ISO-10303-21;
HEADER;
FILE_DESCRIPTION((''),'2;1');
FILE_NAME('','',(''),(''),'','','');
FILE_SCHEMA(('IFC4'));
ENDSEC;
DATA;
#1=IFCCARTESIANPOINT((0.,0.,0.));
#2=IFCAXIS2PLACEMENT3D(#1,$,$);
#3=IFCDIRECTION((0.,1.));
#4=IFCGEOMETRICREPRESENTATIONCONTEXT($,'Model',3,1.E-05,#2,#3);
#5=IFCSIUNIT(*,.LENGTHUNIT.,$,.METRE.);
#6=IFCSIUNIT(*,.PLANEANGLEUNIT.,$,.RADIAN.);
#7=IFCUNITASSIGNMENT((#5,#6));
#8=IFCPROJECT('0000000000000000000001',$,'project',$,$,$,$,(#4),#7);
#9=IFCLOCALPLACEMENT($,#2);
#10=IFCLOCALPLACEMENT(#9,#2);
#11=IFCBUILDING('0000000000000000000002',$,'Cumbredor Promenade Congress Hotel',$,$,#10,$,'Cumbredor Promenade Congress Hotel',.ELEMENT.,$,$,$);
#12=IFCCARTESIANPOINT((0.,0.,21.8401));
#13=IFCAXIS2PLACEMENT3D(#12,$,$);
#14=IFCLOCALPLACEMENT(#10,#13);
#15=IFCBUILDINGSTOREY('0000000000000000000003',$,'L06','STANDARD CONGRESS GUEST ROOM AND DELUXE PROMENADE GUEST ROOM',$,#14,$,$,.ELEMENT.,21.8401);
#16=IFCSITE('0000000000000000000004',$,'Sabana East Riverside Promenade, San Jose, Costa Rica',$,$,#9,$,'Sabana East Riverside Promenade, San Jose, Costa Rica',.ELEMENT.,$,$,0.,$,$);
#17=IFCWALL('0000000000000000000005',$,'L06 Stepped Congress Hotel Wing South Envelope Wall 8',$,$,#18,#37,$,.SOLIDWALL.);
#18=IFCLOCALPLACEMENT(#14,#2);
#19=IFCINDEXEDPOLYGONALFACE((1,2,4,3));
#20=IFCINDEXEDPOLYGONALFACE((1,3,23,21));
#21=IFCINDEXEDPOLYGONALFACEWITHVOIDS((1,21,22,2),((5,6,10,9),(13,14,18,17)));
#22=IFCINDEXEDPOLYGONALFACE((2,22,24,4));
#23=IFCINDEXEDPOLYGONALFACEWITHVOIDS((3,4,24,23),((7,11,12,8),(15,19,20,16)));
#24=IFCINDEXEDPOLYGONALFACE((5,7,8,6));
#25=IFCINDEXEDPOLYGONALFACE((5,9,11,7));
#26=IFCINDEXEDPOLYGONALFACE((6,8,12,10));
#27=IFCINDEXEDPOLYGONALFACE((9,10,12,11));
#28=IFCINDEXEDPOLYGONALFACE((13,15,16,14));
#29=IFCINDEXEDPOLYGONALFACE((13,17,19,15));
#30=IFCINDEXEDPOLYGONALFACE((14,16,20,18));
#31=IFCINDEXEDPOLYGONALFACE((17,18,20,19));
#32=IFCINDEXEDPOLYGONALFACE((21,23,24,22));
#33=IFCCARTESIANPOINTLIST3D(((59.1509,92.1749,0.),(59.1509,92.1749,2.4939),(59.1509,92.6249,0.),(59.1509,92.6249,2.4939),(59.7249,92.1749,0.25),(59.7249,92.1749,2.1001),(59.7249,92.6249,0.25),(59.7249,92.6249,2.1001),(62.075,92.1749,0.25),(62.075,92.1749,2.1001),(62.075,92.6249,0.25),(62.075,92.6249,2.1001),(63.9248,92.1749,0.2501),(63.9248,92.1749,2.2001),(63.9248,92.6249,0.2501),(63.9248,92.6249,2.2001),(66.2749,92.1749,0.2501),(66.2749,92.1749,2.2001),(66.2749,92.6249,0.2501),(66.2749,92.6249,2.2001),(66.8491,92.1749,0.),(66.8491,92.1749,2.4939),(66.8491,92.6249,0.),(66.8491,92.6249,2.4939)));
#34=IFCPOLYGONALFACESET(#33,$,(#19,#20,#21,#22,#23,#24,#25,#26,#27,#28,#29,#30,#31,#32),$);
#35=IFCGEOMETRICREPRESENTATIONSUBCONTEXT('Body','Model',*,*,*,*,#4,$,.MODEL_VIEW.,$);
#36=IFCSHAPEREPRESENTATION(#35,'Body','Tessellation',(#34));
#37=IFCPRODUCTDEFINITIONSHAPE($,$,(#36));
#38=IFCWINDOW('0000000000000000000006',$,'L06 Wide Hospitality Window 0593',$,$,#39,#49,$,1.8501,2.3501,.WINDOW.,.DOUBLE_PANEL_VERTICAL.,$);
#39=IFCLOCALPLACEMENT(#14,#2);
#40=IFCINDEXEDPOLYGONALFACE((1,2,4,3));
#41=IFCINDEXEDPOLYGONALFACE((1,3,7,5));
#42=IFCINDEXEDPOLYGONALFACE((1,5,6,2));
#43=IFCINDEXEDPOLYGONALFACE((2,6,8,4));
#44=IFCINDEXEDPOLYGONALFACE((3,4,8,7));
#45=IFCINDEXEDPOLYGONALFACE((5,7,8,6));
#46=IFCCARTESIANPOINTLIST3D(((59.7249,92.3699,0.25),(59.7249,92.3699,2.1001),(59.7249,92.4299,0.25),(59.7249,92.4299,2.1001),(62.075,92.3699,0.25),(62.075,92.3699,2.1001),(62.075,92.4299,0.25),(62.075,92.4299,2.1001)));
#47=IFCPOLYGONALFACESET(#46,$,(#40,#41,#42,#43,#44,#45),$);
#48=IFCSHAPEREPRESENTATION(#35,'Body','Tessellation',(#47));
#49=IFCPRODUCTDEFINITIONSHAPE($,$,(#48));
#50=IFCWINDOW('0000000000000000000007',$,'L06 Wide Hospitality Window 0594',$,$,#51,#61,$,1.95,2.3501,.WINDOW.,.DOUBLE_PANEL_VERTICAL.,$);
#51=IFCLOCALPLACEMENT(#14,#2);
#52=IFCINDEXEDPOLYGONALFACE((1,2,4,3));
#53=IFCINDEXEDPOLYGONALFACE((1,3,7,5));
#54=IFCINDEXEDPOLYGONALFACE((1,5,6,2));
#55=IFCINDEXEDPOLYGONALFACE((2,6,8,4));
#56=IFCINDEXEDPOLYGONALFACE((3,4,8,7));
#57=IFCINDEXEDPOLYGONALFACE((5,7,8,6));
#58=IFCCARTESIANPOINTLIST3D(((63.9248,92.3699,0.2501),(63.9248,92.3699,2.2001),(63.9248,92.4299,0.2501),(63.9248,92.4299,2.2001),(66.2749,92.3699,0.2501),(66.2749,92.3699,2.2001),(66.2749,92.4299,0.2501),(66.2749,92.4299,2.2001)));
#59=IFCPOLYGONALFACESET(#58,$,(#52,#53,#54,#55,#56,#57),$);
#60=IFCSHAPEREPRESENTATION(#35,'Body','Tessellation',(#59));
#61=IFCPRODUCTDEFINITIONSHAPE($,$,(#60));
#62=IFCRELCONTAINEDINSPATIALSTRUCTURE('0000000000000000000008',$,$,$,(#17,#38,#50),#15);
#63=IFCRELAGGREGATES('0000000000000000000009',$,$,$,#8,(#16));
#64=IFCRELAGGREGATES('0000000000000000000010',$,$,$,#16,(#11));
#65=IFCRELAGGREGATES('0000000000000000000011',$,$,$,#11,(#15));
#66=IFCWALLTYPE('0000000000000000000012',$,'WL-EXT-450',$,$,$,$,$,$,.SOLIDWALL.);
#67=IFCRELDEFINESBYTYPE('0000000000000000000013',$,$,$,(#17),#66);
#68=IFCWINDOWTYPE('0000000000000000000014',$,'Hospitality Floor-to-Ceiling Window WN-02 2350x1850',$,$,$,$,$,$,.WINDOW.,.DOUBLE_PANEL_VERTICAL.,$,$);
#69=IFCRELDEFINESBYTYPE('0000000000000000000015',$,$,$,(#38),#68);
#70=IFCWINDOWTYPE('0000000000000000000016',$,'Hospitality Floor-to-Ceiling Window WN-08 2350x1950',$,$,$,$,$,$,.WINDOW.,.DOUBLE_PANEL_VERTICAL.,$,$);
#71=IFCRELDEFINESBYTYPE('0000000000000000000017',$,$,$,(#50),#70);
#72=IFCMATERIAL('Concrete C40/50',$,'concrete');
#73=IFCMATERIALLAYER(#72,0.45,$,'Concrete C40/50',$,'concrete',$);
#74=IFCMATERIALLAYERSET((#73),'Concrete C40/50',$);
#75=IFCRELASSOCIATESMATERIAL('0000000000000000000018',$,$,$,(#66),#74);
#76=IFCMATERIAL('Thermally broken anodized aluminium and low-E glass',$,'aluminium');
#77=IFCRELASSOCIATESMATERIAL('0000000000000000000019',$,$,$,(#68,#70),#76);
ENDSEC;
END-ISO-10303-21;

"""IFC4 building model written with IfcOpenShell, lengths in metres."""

from ifc_helpers import new_model, si_unit, direction, frame, frame_2d, origin, place, context, subcontext, project, spatial, rectangle, extrude, material, layer, layer_set, type_object, element, fill, save


model = new_model("IFC4")

# Units and contexts
model_context = context("Model", 3, precision=1e-05, world=origin(), true_north=direction((0.0, 1.0)))
body_context = subcontext(model_context, "Body", "Model", "MODEL_VIEW")
ifc_project = project(units=[si_unit("LENGTHUNIT", "METRE"), si_unit("PLANEANGLEUNIT", "RADIAN")], contexts=[model_context])

# Site, building, storey
site_placement = place(None, origin())
site = spatial("IfcSite", under=ifc_project, at=site_placement, Name="Sabana East Riverside Promenade, San Jose, Costa Rica", LongName="Sabana East Riverside Promenade, San Jose, Costa Rica", CompositionType="ELEMENT", RefElevation=0.0)
building_placement = place(site_placement, origin())
building = spatial("IfcBuilding", under=site, at=building_placement, Name="Cumbredor Promenade Congress Hotel", LongName="Cumbredor Promenade Congress Hotel", CompositionType="ELEMENT")
storey_placement = place(building_placement, frame((0.0, 0.0, 21.8401)))
storey = spatial("IfcBuildingStorey", under=building, at=storey_placement, Name="L06", Description="STANDARD CONGRESS GUEST ROOM AND DELUXE PROMENADE GUEST ROOM", CompositionType="ELEMENT", Elevation=21.8401)

# Shared definitions
ifc_material_1 = material(Name="Concrete C40/50", Category="concrete")

# Shared definitions
ifc_material_2 = material(Name="Thermally broken anodized aluminium and low-E glass", Category="aluminium")

# Wall, openings, windows
ifc_layer_1 = layer(ifc_material_1, 0.45, Name="Concrete C40/50", Category="concrete")
ifc_layer_set_1 = layer_set([ifc_layer_1], Name="Concrete C40/50")
wall_type = type_object("IfcWallType", Name="WL-EXT-450", PredefinedType="SOLIDWALL", material=ifc_layer_set_1)
wall_placement = place(storey_placement, frame((59.1509, 92.3999, 0.0), z_axis=(0.0, 0.0, 1.0), x_axis=(1.0, 0.0, 0.0)))
wall = element("IfcWall", 1, at=wall_placement, inside=storey, type_object=wall_type, Name="L06 Stepped Congress Hotel Wing South Envelope Wall 8", PredefinedType="SOLIDWALL", context=body_context, shape_type="SweptSolid", body=[
    extrude(rectangle(XDim=7.6982, YDim=0.45, at=frame_2d((3.8491, 0.0))), origin(), (0.0, 0.0, 1.0), 2.4939),
])
opening_1_placement = place(wall_placement, frame((0.574, 0.0, 0.25)))
opening_1 = element("IfcOpeningElement", 2, at=opening_1_placement, cuts=wall, PredefinedType="OPENING", context=body_context, shape_type="SweptSolid", body=[
    extrude(rectangle(XDim=2.3501, YDim=1.8501, at=frame_2d((1.175, 0.925))), frame((0.0, 0.2349, 0.0), z_axis=(0.0, -1.0, 0.0), x_axis=(1.0, 0.0, 0.0)), (0.0, 0.0, 1.0), 0.47),
])
opening_2_placement = place(wall_placement, frame((4.7739, 0.0, 0.25)))
opening_2 = element("IfcOpeningElement", 3, at=opening_2_placement, cuts=wall, PredefinedType="OPENING", context=body_context, shape_type="SweptSolid", body=[
    extrude(rectangle(XDim=2.3501, YDim=1.95, at=frame_2d((1.175, 0.9751))), frame((0.0, 0.2349, 0.0), z_axis=(0.0, -1.0, 0.0), x_axis=(1.0, 0.0, 0.0)), (0.0, 0.0, 1.0), 0.47),
])
window_type_1 = type_object("IfcWindowType", Name="Hospitality Floor-to-Ceiling Window WN-02 2350x1850", PartitioningType="DOUBLE_PANEL_VERTICAL", PredefinedType="WINDOW", material=ifc_material_2)
window_1_placement = place(opening_1_placement, origin())
window_1 = element("IfcWindow", 4, at=window_1_placement, inside=storey, type_object=window_type_1, Name="L06 Wide Hospitality Window 0593", OverallHeight=1.8501, OverallWidth=2.3501, PartitioningType="DOUBLE_PANEL_VERTICAL", PredefinedType="WINDOW", context=body_context, shape_type="SweptSolid", body=[
    extrude(rectangle(XDim=2.3501, YDim=1.8501, at=frame_2d((1.175, 0.925))), frame((0.0, 0.03, 0.0), z_axis=(0.0, -1.0, 0.0), x_axis=(1.0, 0.0, 0.0)), (0.0, 0.0, 1.0), 0.0601),
])
fill(opening_1, window_1)
window_type_2 = type_object("IfcWindowType", Name="Hospitality Floor-to-Ceiling Window WN-08 2350x1950", PartitioningType="DOUBLE_PANEL_VERTICAL", PredefinedType="WINDOW", material=ifc_material_2)
window_2_placement = place(opening_2_placement, origin())
window_2 = element("IfcWindow", 5, at=window_2_placement, inside=storey, type_object=window_type_2, Name="L06 Wide Hospitality Window 0594", OverallHeight=1.95, OverallWidth=2.3501, PartitioningType="DOUBLE_PANEL_VERTICAL", PredefinedType="WINDOW", context=body_context, shape_type="SweptSolid", body=[
    extrude(rectangle(XDim=2.3501, YDim=1.95, at=frame_2d((1.175, 0.9751))), frame((0.0, 0.03, 0.0), z_axis=(0.0, -1.0, 0.0), x_axis=(1.0, 0.0, 0.0)), (0.0, 0.0, 1.0), 0.0601),
])
fill(opening_2, window_2)

save(model, "model.ifc")
